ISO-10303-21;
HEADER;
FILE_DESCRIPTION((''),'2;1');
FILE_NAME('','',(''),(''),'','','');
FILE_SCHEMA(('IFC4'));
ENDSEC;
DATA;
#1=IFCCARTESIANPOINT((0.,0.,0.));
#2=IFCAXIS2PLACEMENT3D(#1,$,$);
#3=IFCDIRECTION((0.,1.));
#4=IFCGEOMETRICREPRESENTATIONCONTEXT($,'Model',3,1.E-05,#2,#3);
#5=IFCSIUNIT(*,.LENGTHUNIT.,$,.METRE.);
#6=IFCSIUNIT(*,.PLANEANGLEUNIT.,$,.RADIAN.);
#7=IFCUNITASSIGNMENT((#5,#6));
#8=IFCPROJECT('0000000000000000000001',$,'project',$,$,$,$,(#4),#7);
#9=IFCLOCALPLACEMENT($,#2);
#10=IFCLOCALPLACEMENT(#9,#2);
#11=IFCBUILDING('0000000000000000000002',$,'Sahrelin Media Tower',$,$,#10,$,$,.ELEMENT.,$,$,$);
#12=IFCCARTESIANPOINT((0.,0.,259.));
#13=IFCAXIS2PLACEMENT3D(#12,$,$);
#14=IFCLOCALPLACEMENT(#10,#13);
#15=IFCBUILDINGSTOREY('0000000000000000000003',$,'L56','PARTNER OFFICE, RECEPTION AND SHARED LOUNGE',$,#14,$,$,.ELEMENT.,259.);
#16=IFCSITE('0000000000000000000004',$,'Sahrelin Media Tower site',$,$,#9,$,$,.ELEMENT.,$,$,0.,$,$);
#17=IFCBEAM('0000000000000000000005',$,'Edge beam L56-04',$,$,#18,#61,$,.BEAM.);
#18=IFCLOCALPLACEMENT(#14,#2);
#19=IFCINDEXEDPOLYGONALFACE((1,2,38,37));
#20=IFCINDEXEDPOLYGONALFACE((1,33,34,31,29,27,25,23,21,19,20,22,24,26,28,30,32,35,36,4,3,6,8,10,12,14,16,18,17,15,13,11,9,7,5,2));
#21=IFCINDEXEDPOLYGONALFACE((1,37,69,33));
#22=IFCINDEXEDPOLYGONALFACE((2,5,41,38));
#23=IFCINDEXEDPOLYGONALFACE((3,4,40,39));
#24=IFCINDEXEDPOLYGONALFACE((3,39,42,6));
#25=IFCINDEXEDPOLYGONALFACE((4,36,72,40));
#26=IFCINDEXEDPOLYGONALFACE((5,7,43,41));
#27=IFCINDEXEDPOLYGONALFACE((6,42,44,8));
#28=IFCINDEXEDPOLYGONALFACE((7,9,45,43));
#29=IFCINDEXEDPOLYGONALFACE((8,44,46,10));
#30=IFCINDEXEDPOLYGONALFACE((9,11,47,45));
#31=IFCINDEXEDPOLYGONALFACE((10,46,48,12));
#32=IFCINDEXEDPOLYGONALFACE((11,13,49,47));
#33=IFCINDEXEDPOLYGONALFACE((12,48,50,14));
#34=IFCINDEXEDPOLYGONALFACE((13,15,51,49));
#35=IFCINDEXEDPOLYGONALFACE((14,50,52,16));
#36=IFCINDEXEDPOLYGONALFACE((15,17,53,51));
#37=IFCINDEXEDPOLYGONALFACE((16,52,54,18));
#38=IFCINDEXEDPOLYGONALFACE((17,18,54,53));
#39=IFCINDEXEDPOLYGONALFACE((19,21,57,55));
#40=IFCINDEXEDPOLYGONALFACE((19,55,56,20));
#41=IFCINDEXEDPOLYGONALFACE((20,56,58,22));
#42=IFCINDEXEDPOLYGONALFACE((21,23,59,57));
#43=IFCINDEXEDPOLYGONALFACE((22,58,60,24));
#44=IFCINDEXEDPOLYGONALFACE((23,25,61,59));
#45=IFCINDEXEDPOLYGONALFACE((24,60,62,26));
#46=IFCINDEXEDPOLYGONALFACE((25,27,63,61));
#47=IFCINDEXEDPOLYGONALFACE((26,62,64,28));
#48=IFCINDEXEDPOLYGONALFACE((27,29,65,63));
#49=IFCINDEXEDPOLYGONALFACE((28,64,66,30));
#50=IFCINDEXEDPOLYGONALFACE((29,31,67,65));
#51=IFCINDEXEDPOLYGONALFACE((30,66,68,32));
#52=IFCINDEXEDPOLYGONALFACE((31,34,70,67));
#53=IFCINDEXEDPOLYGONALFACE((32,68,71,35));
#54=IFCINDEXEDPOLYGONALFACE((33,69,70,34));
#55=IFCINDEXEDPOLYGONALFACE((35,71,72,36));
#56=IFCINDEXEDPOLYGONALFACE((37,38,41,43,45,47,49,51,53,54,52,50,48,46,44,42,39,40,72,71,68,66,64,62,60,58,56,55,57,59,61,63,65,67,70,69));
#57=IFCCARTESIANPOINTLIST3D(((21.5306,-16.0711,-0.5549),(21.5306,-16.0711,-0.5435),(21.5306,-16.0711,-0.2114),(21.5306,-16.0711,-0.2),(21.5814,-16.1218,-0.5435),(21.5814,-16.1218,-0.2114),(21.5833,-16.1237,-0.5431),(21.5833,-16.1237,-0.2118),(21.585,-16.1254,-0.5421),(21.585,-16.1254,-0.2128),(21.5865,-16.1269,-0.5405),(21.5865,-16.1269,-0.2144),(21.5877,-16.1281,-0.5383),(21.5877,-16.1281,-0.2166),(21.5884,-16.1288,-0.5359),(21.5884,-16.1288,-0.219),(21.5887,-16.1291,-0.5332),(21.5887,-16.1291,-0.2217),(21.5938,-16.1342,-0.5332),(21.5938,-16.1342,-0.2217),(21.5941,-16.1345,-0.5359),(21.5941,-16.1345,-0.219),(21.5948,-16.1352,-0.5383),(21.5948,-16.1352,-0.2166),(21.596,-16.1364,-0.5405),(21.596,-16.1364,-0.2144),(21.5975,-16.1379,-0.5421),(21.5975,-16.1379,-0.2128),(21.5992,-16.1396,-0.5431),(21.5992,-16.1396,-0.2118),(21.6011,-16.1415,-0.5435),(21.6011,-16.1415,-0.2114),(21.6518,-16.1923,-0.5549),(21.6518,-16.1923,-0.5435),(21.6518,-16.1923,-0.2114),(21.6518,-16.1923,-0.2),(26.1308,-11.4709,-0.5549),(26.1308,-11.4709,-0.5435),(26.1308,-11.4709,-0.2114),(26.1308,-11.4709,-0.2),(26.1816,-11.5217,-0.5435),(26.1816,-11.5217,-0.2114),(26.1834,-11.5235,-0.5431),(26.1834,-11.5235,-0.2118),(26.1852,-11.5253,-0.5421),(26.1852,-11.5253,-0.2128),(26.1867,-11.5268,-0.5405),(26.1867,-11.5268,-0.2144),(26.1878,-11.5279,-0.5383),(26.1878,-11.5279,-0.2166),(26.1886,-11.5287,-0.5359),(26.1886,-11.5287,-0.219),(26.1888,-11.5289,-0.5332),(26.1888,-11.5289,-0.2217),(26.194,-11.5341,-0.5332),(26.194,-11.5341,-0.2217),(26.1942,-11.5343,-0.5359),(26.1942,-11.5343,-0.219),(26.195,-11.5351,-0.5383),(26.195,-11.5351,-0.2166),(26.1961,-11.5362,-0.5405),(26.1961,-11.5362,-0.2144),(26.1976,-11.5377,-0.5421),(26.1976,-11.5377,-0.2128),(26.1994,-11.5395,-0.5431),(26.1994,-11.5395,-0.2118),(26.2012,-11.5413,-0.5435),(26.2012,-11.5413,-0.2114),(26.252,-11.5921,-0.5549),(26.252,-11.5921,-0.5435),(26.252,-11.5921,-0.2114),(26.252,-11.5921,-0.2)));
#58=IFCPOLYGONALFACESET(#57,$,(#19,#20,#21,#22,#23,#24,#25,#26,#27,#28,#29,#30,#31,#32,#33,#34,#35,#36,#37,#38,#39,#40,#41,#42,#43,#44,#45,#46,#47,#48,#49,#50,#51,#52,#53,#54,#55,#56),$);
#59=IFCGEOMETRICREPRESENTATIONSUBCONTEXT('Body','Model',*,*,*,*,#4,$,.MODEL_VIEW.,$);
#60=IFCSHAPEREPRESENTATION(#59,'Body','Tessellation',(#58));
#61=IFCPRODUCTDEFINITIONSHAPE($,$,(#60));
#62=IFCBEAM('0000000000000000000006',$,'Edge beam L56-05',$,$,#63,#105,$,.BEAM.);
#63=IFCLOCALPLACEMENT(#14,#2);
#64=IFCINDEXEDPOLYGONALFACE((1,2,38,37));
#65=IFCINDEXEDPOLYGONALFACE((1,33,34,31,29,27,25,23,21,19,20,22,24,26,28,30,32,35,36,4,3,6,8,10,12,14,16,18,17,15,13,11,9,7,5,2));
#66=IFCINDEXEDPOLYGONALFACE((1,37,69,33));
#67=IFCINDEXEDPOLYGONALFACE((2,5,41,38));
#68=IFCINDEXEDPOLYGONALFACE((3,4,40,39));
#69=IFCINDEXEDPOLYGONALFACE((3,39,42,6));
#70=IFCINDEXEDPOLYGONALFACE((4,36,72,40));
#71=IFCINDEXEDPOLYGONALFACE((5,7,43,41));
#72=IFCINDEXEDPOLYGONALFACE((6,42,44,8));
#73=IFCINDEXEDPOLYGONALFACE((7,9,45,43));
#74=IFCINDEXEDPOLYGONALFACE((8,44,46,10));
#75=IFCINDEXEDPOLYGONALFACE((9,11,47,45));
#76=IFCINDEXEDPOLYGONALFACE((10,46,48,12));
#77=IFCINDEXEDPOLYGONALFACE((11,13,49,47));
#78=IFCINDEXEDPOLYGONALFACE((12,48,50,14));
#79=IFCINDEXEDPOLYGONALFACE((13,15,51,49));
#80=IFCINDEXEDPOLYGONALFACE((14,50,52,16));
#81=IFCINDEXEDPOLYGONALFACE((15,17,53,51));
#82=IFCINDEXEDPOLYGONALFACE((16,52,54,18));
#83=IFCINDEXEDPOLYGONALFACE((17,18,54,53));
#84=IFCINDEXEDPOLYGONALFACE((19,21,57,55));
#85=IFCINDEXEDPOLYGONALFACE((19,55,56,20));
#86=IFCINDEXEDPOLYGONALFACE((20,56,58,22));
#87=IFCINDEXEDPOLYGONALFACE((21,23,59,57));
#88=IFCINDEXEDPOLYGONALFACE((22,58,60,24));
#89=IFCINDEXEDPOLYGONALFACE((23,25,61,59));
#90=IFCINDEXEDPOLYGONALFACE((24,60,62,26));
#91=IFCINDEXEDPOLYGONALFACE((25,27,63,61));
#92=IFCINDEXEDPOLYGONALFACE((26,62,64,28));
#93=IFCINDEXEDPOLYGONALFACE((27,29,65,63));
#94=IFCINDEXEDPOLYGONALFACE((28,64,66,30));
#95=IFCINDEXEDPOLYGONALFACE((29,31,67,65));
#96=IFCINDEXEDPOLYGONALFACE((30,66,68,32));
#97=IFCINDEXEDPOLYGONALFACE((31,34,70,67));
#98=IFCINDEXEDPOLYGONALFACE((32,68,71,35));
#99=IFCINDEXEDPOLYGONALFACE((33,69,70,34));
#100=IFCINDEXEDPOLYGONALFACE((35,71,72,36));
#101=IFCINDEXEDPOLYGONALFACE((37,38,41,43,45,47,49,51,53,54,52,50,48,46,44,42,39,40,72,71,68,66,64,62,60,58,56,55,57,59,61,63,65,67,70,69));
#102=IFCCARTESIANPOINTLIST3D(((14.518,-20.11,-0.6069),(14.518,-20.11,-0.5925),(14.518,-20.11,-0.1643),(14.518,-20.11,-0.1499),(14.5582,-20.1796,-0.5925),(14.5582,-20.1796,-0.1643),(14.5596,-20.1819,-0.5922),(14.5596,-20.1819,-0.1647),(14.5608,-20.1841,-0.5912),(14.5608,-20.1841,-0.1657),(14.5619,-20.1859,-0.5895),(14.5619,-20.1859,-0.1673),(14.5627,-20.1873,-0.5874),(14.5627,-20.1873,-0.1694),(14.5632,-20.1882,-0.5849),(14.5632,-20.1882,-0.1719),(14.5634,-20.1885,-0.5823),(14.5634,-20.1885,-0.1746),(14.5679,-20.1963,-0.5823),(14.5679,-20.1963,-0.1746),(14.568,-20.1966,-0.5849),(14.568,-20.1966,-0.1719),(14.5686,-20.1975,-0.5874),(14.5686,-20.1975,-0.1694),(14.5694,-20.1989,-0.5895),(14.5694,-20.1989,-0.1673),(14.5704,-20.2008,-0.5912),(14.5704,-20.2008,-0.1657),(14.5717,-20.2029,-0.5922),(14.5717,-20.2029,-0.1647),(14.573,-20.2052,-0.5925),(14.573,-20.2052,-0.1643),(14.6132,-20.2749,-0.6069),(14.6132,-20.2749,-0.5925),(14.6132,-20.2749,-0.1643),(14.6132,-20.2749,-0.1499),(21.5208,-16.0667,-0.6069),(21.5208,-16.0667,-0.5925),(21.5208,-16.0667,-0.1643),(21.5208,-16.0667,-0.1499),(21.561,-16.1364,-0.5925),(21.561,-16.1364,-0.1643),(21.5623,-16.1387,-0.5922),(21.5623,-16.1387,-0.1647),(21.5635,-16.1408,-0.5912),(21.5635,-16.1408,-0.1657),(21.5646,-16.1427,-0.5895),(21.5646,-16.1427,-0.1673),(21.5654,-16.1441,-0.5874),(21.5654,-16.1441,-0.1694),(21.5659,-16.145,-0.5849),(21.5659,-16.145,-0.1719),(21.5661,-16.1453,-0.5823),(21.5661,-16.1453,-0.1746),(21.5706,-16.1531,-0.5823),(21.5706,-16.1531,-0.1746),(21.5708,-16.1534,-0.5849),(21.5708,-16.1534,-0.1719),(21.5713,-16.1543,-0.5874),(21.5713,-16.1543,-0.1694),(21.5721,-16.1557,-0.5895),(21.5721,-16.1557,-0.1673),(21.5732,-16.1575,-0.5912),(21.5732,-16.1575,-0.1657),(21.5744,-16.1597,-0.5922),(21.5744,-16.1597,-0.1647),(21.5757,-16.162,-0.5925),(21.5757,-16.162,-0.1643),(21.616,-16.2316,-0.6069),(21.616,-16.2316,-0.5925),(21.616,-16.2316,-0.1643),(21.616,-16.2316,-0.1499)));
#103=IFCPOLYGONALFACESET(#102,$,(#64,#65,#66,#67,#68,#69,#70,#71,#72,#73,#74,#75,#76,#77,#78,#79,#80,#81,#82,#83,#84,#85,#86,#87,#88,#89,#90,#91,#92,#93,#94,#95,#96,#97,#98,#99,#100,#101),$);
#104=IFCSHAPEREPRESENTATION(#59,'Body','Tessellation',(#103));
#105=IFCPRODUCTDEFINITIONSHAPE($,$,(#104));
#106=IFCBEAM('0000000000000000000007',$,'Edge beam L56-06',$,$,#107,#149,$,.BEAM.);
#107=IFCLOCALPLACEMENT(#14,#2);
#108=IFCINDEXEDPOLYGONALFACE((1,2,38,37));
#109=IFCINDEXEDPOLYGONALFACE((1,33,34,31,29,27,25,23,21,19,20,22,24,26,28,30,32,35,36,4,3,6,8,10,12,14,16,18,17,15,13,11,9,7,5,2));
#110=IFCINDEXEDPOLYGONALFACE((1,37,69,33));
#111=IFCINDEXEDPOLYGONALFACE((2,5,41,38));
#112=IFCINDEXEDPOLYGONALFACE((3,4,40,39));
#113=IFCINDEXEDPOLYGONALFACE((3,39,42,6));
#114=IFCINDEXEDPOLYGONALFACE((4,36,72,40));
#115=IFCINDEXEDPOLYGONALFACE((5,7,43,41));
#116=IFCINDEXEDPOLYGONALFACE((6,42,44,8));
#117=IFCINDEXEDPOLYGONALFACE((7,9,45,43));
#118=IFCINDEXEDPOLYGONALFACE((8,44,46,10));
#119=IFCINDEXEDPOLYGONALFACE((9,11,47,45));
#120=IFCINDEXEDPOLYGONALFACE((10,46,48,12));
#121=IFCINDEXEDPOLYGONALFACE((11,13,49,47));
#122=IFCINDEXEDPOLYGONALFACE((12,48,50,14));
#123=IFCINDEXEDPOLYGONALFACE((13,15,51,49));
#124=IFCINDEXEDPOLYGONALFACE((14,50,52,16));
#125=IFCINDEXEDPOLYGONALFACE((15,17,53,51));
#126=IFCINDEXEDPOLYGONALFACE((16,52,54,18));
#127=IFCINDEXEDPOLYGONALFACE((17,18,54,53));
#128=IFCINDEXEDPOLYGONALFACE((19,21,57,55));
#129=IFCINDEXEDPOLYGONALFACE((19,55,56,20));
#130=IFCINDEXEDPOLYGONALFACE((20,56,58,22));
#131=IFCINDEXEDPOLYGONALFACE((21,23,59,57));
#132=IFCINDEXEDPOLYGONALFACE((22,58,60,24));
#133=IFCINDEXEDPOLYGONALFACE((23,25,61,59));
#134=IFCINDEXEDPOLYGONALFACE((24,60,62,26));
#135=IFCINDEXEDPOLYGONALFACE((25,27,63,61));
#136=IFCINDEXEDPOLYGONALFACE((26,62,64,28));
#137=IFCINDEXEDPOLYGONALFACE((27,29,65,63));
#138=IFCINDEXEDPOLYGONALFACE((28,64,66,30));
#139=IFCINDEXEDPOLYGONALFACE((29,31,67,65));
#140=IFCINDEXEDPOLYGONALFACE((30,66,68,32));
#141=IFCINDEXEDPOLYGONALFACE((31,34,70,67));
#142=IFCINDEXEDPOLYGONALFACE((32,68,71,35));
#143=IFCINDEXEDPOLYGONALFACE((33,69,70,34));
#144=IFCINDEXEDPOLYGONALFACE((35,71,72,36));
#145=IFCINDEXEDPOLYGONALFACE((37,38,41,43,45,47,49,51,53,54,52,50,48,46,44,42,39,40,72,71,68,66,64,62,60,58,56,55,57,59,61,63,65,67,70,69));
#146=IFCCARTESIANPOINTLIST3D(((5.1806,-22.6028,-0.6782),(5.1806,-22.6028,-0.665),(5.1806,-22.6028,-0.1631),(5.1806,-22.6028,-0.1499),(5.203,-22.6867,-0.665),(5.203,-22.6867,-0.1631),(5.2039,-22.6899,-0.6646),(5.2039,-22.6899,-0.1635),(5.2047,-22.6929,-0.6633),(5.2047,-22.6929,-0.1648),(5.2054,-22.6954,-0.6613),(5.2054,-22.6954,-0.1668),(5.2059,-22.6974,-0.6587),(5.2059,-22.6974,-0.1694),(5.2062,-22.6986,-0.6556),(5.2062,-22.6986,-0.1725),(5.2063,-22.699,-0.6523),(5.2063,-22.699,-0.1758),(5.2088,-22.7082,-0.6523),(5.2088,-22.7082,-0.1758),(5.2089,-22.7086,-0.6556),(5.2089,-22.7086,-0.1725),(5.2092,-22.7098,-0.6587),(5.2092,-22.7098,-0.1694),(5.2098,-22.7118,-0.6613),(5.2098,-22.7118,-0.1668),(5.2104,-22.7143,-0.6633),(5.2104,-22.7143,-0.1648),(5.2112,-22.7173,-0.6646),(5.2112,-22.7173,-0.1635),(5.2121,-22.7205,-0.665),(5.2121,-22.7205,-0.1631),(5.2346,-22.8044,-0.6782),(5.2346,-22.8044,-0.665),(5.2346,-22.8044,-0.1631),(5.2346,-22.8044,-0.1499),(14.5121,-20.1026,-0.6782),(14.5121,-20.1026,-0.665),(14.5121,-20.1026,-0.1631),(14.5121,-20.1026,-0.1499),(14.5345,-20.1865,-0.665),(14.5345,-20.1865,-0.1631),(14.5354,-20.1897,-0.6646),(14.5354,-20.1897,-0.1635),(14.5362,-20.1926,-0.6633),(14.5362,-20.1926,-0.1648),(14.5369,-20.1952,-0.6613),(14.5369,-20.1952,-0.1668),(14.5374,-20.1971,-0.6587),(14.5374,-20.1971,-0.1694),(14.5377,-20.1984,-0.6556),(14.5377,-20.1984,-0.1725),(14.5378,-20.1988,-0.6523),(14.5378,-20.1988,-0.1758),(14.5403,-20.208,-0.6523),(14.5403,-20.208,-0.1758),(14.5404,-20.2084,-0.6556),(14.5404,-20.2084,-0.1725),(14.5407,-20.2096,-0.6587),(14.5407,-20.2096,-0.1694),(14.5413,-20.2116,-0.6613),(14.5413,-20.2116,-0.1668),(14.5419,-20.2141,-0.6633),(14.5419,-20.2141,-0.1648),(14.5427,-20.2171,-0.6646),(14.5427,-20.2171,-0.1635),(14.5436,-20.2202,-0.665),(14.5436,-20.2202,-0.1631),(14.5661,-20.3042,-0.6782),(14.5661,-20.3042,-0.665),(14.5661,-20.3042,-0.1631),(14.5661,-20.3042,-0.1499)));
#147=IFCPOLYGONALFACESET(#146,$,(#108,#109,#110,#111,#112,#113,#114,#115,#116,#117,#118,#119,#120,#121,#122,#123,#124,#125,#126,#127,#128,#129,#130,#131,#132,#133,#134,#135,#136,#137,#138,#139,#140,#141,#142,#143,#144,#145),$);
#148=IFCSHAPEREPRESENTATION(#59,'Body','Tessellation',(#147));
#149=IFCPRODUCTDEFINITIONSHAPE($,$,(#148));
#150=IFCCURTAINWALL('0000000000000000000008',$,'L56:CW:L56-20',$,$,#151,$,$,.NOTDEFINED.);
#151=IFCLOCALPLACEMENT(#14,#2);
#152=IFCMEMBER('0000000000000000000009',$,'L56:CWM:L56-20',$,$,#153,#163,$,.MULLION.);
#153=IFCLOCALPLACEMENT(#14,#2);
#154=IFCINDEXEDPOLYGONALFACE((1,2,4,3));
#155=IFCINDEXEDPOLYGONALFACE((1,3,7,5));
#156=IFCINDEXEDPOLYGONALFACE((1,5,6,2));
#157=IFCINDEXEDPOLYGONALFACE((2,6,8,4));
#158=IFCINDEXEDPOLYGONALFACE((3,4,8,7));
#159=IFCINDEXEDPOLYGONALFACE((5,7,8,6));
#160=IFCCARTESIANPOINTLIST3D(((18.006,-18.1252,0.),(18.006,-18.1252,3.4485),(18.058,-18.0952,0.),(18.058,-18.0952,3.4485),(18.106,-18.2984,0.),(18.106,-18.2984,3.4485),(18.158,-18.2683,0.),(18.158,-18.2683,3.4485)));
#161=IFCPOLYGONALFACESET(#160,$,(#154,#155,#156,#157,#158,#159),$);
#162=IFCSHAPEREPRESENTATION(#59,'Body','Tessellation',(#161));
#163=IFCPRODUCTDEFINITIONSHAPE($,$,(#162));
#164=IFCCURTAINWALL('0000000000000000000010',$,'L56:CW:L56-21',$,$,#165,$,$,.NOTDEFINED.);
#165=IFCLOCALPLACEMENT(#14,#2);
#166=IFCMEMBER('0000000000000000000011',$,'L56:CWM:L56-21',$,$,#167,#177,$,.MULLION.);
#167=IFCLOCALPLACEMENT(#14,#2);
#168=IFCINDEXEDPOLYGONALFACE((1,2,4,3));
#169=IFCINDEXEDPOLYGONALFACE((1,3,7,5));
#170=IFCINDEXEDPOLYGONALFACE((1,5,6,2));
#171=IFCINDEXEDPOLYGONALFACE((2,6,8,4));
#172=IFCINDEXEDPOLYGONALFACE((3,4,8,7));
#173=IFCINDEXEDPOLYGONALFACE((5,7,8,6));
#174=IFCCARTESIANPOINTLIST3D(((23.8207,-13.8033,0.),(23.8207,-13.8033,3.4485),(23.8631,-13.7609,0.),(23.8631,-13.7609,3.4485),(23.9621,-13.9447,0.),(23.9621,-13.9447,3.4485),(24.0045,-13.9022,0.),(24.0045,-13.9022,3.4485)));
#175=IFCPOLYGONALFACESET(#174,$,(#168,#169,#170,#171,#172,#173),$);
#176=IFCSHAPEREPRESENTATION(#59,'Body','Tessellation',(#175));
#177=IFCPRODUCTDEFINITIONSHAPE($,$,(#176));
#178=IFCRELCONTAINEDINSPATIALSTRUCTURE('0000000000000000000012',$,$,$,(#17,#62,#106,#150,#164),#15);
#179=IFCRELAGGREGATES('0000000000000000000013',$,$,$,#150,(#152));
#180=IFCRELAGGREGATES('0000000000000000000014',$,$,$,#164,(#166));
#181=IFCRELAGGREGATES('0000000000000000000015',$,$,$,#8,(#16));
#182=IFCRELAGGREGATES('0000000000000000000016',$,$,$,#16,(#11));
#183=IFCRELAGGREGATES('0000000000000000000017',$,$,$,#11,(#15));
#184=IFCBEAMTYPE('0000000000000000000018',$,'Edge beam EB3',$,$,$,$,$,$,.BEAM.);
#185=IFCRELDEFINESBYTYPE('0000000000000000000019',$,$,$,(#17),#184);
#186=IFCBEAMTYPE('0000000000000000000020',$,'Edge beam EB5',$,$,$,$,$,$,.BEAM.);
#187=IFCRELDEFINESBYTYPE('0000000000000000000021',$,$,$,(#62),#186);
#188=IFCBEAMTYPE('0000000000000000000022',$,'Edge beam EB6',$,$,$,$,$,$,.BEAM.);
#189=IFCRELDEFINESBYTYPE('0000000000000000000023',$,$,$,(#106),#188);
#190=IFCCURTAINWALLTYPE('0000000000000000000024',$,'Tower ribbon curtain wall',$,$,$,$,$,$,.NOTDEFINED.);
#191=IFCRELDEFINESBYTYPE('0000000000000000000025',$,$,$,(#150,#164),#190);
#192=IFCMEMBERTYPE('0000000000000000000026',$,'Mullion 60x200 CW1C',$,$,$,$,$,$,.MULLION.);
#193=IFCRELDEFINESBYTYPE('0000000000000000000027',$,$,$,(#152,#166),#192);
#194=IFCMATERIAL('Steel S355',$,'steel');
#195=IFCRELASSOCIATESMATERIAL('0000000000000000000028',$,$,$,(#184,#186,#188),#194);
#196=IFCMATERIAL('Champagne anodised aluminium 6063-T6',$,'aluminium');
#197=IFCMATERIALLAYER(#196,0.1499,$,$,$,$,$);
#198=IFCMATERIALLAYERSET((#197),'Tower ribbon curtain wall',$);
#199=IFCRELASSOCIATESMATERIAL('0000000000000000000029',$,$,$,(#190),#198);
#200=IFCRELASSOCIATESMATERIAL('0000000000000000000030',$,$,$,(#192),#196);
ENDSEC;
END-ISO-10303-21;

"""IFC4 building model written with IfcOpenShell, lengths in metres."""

from ifc_helpers import new_model, si_unit, direction, frame, origin, origin_2d, place, context, subcontext, project, spatial, rectangle, i_section, extrude, material, layer, layer_set, material_profile, profile_set, type_object, element, aggregate, save


model = new_model("IFC4")

# Units and contexts
model_context = context("Model", 3, precision=1e-05, world=origin(), true_north=direction((0.0, 1.0)))
body_context = subcontext(model_context, "Body", "Model", "MODEL_VIEW")
ifc_project = project(units=[si_unit("LENGTHUNIT", "METRE"), si_unit("PLANEANGLEUNIT", "RADIAN")], contexts=[model_context])

# Site, building, storey
site_placement = place(None, origin())
site = spatial("IfcSite", under=ifc_project, at=site_placement, Name="Sahrelin Media Tower site", CompositionType="ELEMENT", RefElevation=0.0)
building_placement = place(site_placement, origin())
building = spatial("IfcBuilding", under=site, at=building_placement, Name="Sahrelin Media Tower", CompositionType="ELEMENT")
storey_placement = place(building_placement, frame((0.0, 0.0, 259.0)))
storey = spatial("IfcBuildingStorey", under=building, at=storey_placement, Name="L56", Description="PARTNER OFFICE, RECEPTION AND SHARED LOUNGE", CompositionType="ELEMENT", Elevation=259.0)

# Beams
ifc_material_1 = material(Name="Steel S355", Category="steel")
ifc_material_profile_1 = material_profile(ifc_material_1, i_section(OverallWidth=0.1714, OverallDepth=0.355, WebThickness=0.0073, FlangeThickness=0.0115, FilletRadius=0.0103, at=origin_2d()), Name="UB 356x171x51")
ifc_profile_set_1 = profile_set([ifc_material_profile_1], Name="Steel S355")
beam_type_1 = type_object("IfcBeamType", Name="Edge beam EB3", PredefinedType="BEAM", material=ifc_profile_set_1)
beam_1_placement = place(storey_placement, frame((26.1914, -11.5315, -0.3774), z_axis=(-0.707107, -0.707107, 0.0), x_axis=(0.707107, -0.707107, 0.0)))
element("IfcBeam", 1, at=beam_1_placement, inside=storey, type_object=beam_type_1, Name="Edge beam L56-04", PredefinedType="BEAM", context=body_context, shape_type="SweptSolid", body=[
    extrude(i_section(OverallWidth=0.1714, OverallDepth=0.355, WebThickness=0.0073, FlangeThickness=0.0115, FilletRadius=0.0103, at=origin_2d()), origin(), (0.0, 0.0, 1.0), 6.5056),
])
ifc_material_profile_2 = material_profile(ifc_material_1, i_section(OverallWidth=0.1904, OverallDepth=0.457, WebThickness=0.009, FlangeThickness=0.0144, FilletRadius=0.0103, at=origin_2d()), Name="UB 457x191x74")
ifc_profile_set_2 = profile_set([ifc_material_profile_2], Name="Steel S355")
beam_type_2 = type_object("IfcBeamType", Name="Edge beam EB5", PredefinedType="BEAM", material=ifc_profile_set_2)
beam_2_placement = place(storey_placement, frame((21.5684, -16.1492, -0.3784), z_axis=(-0.866014, -0.50002, 0.0), x_axis=(0.50002, -0.866014, 0.0)))
element("IfcBeam", 2, at=beam_2_placement, inside=storey, type_object=beam_type_2, Name="Edge beam L56-05", PredefinedType="BEAM", context=body_context, shape_type="SweptSolid", body=[
    extrude(i_section(OverallWidth=0.1904, OverallDepth=0.457, WebThickness=0.009, FlangeThickness=0.0144, FilletRadius=0.0103, at=origin_2d()), origin(), (0.0, 0.0, 1.0), 8.0862),
])
ifc_material_profile_3 = material_profile(ifc_material_1, i_section(OverallWidth=0.2087, OverallDepth=0.5283, WebThickness=0.0095, FlangeThickness=0.0132, FilletRadius=0.0127, at=origin_2d()), Name="UB 533x210x82")
ifc_profile_set_3 = profile_set([ifc_material_profile_3], Name="Steel S355")
beam_type_3 = type_object("IfcBeamType", Name="Edge beam EB6", PredefinedType="BEAM", material=ifc_profile_set_3)
beam_3_placement = place(storey_placement, frame((14.5391, -20.2034, -0.4141), z_axis=(-0.965929, -0.258806, 0.0), x_axis=(0.258806, -0.965929, 0.0)))
element("IfcBeam", 3, at=beam_3_placement, inside=storey, type_object=beam_type_3, Name="Edge beam L56-06", PredefinedType="BEAM", context=body_context, shape_type="SweptSolid", body=[
    extrude(i_section(OverallWidth=0.2087, OverallDepth=0.5283, WebThickness=0.0095, FlangeThickness=0.0132, FilletRadius=0.0127, at=origin_2d()), origin(), (0.0, 0.0, 1.0), 9.6606),
])

# Curtain walls, members
ifc_material_2 = material(Name="Champagne anodised aluminium 6063-T6", Category="aluminium")
ifc_layer_1 = layer(ifc_material_2, 0.1499)
ifc_layer_set_1 = layer_set([ifc_layer_1], Name="Tower ribbon curtain wall")
curtain_wall_type = type_object("IfcCurtainWallType", Name="Tower ribbon curtain wall", PredefinedType="NOTDEFINED", material=ifc_layer_set_1)
curtain_wall_1_placement = place(storey_placement, frame((18.1421, -18.3005, 0.0), z_axis=(0.0, 0.0, 1.0), x_axis=(1.0, 0.0, 0.0)))
curtain_wall_1 = element("IfcCurtainWall", 4, at=curtain_wall_1_placement, inside=storey, type_object=curtain_wall_type, Name="L56:CW:L56-20", PredefinedType="NOTDEFINED")
ifc_material_profile_4 = material_profile(ifc_material_2, rectangle(XDim=0.0601, YDim=0.2, at=origin_2d()), Name="Mullion 60x200")
ifc_profile_set_4 = profile_set([ifc_material_profile_4], Name="Champagne anodised aluminium 6063-T6")
member_type_1 = type_object("IfcMemberType", Name="Mullion 60x200 CW1C", PredefinedType="MULLION", material=ifc_profile_set_4)
member_1_placement = place(storey_placement, frame((18.082, -18.1968, 0.0), z_axis=(0.0, 0.0, 1.0), x_axis=(0.86602, 0.500009, 0.0)))
member_1 = element("IfcMember", 5, at=member_1_placement, type_object=member_type_1, Name="L56:CWM:L56-20", PredefinedType="MULLION", context=body_context, shape_type="SweptSolid", body=[
    extrude(rectangle(XDim=0.0601, YDim=0.2, at=origin_2d()), origin(), (0.0, 0.0, 1.0), 3.4485),
])
curtain_wall_2_placement = place(storey_placement, frame((23.9973, -13.9375, 0.0), z_axis=(0.0, 0.0, 1.0), x_axis=(1.0, 0.0, 0.0)))
curtain_wall_2 = element("IfcCurtainWall", 6, at=curtain_wall_2_placement, inside=storey, type_object=curtain_wall_type, Name="L56:CW:L56-21", PredefinedType="NOTDEFINED")
member_2_placement = place(storey_placement, frame((23.9126, -13.8528, 0.0), z_axis=(0.0, 0.0, 1.0), x_axis=(0.707107, 0.707107, 0.0)))
member_2 = element("IfcMember", 7, at=member_2_placement, type_object=member_type_1, Name="L56:CWM:L56-21", PredefinedType="MULLION", context=body_context, shape_type="SweptSolid", body=[
    extrude(rectangle(XDim=0.0601, YDim=0.2, at=origin_2d()), origin(), (0.0, 0.0, 1.0), 3.4485),
])

aggregate(curtain_wall_1, [member_1])
aggregate(curtain_wall_2, [member_2])

save(model, "model.ifc")
